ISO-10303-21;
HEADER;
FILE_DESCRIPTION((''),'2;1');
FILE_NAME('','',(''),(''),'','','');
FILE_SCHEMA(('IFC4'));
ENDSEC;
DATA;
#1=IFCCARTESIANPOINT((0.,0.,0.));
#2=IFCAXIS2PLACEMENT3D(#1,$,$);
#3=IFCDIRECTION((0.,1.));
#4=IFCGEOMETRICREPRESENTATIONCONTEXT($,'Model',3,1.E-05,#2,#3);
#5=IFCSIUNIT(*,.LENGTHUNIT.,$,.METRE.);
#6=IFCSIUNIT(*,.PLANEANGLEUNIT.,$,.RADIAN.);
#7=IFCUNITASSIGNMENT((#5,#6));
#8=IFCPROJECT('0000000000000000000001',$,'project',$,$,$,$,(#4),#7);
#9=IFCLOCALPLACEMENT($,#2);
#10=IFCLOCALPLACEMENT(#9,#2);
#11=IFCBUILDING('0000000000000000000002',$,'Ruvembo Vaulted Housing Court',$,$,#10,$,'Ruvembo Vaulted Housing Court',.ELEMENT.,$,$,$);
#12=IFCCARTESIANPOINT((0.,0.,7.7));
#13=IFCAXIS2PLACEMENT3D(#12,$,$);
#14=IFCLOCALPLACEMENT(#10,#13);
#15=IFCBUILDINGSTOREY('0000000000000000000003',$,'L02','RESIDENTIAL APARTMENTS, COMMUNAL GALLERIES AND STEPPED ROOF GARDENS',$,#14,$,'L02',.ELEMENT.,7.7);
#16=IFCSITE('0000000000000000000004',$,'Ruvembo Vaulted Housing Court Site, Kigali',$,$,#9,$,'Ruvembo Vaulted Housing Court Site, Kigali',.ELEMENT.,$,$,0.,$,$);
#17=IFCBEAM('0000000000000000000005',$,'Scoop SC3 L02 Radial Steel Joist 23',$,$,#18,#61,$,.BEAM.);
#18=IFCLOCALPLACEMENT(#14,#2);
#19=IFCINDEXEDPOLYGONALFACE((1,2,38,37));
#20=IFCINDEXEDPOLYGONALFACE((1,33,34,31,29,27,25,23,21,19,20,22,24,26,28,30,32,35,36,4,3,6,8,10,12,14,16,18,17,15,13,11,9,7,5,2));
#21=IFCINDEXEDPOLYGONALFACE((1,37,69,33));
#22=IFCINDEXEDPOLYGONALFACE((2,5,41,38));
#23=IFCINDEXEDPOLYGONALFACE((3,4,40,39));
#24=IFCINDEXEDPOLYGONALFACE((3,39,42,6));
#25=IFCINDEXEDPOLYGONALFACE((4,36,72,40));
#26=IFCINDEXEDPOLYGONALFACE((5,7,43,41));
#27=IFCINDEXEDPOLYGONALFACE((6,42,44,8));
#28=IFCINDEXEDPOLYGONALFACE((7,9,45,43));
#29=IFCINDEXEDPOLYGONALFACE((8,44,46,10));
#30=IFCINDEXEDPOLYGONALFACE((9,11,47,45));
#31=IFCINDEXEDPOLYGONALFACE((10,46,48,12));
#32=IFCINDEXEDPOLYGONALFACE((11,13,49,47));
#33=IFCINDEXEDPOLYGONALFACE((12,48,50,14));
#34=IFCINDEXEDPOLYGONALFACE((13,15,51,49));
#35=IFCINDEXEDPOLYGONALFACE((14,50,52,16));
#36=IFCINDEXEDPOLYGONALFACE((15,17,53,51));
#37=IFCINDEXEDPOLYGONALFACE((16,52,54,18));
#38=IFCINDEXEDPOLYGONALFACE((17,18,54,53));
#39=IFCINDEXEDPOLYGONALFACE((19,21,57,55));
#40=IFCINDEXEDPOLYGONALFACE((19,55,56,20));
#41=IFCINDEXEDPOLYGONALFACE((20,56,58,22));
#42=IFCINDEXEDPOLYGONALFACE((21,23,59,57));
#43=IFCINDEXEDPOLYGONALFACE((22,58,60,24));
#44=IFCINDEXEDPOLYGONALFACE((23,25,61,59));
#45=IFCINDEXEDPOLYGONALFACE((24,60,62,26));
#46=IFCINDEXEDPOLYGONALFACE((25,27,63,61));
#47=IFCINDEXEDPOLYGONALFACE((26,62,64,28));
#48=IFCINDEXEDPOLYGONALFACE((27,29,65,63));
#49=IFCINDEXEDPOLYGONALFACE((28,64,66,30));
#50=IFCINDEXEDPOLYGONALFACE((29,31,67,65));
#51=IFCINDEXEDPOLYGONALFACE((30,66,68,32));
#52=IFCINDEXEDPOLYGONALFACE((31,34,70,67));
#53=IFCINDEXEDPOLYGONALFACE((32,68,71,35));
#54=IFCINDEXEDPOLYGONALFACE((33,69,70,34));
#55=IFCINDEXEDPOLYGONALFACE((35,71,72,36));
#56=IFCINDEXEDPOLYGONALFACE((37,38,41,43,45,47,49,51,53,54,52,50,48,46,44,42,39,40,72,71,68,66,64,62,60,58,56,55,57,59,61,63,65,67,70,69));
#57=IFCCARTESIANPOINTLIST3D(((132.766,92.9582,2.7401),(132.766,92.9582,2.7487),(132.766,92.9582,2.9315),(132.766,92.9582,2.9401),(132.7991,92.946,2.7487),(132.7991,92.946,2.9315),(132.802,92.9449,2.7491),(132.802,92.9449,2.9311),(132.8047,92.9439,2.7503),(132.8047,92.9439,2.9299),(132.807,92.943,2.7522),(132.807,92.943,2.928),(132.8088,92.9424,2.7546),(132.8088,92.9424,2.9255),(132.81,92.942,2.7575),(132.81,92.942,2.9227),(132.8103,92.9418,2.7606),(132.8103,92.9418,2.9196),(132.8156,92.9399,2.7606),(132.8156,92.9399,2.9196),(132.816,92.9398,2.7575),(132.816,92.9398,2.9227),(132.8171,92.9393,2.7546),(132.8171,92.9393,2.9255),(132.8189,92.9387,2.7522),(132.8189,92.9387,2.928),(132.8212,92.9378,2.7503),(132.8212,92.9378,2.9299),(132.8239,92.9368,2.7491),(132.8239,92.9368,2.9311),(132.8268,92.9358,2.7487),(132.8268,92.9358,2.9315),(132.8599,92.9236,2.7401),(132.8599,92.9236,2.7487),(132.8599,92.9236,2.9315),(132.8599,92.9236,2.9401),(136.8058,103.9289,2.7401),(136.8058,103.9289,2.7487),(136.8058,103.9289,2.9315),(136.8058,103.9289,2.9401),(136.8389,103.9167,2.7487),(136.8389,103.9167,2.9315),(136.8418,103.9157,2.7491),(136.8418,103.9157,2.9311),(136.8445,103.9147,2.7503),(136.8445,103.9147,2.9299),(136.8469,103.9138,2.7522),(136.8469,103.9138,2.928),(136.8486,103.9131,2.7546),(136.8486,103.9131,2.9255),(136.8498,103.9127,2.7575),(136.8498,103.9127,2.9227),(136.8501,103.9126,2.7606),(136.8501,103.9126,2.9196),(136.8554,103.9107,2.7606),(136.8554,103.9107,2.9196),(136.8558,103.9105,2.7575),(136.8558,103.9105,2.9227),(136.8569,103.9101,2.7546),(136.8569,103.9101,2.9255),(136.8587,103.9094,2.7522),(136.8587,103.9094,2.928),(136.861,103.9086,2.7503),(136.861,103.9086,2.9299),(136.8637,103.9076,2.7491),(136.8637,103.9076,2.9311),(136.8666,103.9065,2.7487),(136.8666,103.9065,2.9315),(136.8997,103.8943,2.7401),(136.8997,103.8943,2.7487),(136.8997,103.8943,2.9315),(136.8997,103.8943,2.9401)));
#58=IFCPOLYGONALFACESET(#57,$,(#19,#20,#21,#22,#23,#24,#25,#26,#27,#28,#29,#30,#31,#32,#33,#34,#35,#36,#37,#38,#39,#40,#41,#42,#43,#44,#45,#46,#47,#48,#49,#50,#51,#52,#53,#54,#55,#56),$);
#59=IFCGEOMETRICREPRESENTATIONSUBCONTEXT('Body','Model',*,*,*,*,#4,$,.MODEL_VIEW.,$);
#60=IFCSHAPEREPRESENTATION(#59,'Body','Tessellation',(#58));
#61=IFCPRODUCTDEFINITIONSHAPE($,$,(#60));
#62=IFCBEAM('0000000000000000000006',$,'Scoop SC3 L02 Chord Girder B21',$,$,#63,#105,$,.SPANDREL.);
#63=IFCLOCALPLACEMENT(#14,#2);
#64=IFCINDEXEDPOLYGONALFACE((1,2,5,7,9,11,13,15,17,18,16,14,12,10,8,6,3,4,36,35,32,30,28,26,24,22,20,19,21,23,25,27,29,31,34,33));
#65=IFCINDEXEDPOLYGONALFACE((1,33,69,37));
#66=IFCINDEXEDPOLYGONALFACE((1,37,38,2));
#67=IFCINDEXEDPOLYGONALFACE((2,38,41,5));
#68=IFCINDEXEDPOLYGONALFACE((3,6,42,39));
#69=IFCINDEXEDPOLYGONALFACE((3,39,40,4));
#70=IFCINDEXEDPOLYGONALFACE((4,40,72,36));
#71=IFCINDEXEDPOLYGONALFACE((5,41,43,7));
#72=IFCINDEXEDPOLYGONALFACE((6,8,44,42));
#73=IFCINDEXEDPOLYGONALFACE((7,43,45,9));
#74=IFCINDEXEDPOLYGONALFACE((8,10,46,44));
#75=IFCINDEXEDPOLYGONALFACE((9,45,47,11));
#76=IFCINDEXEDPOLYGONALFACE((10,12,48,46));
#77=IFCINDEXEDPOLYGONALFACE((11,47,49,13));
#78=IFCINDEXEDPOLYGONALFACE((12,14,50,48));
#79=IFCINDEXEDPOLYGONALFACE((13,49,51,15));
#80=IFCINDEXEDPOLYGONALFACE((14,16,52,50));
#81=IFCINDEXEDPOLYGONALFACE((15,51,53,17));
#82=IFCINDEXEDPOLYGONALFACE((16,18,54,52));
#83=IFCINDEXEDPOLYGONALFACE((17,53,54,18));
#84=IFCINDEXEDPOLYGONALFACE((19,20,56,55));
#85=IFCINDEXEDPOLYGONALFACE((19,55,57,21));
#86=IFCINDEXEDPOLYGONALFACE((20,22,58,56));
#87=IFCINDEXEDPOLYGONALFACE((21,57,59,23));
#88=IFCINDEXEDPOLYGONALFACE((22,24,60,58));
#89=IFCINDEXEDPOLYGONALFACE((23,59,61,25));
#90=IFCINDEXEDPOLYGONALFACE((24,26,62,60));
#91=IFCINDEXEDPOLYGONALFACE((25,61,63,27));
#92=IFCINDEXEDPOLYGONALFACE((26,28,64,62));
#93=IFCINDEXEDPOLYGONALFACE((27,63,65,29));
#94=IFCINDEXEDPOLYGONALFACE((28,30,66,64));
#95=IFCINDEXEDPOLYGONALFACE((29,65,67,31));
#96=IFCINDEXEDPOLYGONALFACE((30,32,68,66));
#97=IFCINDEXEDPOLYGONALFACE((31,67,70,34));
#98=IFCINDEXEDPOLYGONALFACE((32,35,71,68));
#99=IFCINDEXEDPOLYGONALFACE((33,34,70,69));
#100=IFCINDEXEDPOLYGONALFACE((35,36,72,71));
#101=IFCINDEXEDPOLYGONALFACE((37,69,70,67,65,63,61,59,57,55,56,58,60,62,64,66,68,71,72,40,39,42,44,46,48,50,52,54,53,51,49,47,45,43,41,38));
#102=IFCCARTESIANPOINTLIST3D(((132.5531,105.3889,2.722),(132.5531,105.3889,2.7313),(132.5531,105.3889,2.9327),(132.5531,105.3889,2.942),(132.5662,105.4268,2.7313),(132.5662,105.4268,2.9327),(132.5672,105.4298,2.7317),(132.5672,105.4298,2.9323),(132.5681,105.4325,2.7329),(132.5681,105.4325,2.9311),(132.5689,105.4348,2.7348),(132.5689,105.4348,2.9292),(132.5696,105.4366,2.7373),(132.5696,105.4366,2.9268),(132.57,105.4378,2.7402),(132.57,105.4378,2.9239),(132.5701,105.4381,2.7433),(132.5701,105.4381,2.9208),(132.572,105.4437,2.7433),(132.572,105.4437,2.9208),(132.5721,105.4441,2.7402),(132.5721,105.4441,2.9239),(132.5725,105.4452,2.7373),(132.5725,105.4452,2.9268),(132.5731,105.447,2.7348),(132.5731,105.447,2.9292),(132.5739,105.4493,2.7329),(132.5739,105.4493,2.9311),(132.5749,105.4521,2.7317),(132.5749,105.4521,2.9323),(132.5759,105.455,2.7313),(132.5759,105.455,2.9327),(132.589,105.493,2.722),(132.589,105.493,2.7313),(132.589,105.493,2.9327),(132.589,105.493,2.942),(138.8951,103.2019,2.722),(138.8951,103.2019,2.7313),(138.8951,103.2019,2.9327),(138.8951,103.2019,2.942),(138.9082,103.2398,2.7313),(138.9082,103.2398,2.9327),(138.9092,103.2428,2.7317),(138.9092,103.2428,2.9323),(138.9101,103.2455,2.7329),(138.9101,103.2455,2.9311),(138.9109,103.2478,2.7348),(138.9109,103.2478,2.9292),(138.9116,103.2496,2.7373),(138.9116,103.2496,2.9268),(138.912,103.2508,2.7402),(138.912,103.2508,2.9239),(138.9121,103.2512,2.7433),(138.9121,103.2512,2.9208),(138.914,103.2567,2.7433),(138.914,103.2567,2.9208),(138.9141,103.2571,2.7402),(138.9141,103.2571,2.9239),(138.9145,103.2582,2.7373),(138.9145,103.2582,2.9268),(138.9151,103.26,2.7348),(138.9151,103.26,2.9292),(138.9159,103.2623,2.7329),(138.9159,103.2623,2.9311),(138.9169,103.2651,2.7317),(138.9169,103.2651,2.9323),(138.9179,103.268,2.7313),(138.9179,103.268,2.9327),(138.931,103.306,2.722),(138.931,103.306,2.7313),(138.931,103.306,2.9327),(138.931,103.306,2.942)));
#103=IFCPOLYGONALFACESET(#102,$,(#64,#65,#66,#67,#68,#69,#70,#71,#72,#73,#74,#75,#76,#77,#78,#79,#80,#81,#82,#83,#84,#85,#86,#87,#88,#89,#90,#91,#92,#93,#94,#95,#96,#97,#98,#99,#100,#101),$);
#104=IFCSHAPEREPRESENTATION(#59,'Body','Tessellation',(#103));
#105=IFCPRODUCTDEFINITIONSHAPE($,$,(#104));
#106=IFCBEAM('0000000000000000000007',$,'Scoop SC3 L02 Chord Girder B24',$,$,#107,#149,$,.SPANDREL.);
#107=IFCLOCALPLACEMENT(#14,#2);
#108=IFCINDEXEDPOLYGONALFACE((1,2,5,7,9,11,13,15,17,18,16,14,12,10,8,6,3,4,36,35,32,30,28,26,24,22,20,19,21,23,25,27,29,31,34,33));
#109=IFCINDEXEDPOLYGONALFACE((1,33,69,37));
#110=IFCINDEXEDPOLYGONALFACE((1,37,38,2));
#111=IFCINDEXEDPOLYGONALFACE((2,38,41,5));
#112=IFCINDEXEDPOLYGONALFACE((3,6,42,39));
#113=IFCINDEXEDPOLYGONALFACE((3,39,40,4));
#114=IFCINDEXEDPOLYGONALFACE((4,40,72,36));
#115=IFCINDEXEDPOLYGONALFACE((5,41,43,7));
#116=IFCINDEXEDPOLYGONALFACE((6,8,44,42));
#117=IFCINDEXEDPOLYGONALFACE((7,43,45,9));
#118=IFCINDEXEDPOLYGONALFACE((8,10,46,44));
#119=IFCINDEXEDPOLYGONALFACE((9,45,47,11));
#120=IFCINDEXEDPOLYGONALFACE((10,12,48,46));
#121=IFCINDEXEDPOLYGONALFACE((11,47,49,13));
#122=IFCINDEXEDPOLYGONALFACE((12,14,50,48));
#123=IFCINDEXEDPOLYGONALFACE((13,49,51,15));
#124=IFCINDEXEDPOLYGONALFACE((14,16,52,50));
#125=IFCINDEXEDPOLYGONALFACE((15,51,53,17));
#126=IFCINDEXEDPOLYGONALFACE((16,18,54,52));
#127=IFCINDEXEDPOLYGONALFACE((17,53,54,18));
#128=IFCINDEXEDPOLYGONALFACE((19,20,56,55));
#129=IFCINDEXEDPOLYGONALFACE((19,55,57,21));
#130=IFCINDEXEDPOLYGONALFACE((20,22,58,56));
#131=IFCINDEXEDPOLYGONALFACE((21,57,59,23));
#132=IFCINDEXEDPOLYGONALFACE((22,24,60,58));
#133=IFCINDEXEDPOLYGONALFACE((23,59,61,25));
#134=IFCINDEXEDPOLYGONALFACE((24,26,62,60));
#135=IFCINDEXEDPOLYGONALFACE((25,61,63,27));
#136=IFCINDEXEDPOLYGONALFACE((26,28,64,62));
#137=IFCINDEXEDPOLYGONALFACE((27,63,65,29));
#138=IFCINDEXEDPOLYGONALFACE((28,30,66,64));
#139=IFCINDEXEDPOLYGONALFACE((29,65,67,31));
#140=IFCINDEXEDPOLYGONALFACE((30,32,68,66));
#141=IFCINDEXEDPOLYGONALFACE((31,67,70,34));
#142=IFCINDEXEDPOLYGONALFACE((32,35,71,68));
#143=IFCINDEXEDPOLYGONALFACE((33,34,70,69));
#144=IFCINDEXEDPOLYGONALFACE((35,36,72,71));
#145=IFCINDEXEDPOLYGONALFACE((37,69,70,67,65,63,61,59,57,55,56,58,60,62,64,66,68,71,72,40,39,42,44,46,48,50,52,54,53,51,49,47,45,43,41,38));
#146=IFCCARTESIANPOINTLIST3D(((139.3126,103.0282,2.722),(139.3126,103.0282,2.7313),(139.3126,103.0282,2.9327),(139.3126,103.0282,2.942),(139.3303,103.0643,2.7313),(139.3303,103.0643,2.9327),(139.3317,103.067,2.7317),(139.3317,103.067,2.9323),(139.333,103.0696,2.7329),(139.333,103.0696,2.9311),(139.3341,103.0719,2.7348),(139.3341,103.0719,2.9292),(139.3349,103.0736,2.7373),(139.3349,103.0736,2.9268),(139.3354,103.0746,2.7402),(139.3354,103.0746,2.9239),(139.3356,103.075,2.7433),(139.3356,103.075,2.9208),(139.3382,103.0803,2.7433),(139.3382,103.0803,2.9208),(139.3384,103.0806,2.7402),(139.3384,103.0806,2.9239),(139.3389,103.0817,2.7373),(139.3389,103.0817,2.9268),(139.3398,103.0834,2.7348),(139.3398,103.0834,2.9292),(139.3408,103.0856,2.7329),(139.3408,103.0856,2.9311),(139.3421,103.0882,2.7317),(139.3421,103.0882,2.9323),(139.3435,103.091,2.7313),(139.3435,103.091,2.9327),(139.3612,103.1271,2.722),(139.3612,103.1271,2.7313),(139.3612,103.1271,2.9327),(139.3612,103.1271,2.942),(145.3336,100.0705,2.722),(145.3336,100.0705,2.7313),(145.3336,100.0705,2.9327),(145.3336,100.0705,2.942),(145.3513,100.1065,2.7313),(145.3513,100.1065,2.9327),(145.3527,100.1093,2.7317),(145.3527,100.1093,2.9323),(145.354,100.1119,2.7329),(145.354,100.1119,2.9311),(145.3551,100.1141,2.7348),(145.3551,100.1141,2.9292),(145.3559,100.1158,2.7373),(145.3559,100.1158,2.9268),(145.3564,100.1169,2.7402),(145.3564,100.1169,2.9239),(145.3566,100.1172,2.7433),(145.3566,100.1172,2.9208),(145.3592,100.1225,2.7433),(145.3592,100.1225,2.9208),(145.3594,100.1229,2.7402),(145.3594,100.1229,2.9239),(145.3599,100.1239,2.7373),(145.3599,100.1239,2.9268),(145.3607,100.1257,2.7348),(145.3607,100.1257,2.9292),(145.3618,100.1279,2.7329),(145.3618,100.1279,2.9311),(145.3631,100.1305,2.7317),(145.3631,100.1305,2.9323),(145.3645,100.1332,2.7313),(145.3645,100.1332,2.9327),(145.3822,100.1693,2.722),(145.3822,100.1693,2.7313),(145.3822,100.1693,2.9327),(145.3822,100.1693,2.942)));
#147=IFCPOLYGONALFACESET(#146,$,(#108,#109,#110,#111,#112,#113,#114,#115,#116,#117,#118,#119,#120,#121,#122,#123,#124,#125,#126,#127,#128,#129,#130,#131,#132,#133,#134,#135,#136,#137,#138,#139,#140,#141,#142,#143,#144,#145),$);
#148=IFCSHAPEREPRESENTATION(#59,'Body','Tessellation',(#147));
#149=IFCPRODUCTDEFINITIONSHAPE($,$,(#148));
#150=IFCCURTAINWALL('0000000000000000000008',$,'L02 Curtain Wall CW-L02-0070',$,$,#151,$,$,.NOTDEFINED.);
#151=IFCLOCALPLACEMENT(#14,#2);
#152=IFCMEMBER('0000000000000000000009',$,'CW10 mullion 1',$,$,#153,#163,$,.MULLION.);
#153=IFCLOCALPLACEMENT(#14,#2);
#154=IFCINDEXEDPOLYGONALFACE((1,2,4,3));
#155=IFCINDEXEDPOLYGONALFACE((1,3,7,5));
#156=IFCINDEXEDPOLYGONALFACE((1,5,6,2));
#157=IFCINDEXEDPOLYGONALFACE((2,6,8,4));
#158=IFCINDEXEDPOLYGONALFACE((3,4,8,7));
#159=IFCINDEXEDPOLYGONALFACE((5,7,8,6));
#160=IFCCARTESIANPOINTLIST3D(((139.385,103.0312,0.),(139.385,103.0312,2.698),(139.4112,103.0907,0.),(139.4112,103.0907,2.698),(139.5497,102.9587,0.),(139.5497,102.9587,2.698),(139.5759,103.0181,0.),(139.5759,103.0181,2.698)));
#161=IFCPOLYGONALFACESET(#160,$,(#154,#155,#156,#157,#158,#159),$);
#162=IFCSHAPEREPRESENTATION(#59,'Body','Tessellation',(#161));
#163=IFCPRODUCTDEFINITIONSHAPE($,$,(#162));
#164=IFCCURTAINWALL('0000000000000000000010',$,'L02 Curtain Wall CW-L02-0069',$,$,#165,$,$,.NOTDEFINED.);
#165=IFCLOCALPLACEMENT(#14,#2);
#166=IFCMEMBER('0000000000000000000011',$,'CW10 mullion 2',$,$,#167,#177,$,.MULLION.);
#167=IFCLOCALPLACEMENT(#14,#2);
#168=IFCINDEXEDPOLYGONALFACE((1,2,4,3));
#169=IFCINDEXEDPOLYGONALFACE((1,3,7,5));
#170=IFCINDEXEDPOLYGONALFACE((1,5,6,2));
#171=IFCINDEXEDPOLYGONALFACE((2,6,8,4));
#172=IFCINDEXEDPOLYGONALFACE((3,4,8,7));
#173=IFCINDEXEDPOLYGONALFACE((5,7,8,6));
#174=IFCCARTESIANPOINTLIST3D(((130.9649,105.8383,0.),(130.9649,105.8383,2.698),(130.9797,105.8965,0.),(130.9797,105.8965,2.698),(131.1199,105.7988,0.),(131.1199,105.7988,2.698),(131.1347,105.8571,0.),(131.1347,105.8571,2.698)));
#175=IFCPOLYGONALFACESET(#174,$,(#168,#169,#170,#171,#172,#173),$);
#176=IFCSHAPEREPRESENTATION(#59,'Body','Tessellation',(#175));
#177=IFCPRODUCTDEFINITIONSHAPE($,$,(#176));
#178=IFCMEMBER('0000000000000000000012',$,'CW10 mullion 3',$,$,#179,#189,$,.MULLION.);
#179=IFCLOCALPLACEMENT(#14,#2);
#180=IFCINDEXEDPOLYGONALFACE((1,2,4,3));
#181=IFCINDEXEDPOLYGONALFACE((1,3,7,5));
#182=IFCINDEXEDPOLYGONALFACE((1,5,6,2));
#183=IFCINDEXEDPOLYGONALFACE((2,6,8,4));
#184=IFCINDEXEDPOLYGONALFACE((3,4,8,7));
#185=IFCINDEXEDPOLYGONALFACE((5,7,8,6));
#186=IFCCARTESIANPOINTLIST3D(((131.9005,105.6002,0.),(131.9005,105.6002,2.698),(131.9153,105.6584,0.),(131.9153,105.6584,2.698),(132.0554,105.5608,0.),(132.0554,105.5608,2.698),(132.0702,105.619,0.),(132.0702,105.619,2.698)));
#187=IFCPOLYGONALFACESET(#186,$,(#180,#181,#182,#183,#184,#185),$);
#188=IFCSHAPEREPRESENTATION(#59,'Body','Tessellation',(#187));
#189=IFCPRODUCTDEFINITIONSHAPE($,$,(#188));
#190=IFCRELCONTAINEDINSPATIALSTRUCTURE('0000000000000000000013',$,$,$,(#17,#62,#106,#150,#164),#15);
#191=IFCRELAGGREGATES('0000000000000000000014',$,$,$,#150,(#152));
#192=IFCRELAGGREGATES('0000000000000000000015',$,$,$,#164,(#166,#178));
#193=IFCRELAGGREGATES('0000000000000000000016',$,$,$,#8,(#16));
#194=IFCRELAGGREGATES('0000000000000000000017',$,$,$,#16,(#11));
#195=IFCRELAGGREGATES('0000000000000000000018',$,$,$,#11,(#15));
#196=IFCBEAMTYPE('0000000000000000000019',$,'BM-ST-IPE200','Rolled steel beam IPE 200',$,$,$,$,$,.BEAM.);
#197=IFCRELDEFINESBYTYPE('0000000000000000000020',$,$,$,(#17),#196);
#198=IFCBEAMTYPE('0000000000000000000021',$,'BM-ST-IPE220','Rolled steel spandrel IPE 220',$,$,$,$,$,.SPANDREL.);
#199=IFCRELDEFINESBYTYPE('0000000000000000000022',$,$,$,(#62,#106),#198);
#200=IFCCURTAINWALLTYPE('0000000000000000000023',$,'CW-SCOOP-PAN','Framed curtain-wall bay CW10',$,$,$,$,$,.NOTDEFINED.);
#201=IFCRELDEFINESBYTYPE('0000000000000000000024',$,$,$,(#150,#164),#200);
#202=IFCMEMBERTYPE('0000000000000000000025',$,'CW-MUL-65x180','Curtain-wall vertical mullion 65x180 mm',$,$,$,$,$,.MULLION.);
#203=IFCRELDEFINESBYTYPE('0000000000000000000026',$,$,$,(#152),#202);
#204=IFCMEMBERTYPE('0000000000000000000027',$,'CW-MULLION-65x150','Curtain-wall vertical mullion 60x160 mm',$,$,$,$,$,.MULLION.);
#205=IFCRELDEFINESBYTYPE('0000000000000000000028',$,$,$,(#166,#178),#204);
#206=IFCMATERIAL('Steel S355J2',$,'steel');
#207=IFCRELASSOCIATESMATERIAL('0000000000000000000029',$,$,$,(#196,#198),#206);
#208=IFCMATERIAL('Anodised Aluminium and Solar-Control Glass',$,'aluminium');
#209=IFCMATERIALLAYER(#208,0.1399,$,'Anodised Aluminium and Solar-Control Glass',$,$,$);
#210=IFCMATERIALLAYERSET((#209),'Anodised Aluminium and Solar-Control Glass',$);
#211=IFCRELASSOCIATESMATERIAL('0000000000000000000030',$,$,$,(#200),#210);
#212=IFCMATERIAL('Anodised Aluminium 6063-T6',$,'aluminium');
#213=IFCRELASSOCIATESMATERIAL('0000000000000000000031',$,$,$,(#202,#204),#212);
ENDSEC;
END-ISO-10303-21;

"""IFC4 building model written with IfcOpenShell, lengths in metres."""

from ifc_helpers import new_model, si_unit, direction, frame, origin, origin_2d, place, context, subcontext, project, spatial, rectangle, i_section, extrude, material, layer, layer_set, material_profile, profile_set, type_object, element, aggregate, save


model = new_model("IFC4")

# Units and contexts
model_context = context("Model", 3, precision=1e-05, world=origin(), true_north=direction((0.0, 1.0)))
body_context = subcontext(model_context, "Body", "Model", "MODEL_VIEW")
ifc_project = project(units=[si_unit("LENGTHUNIT", "METRE"), si_unit("PLANEANGLEUNIT", "RADIAN")], contexts=[model_context])

# Site, building, storey
site_placement = place(None, origin())
site = spatial("IfcSite", under=ifc_project, at=site_placement, Name="Ruvembo Vaulted Housing Court Site, Kigali", LongName="Ruvembo Vaulted Housing Court Site, Kigali", CompositionType="ELEMENT", RefElevation=0.0)
building_placement = place(site_placement, origin())
building = spatial("IfcBuilding", under=site, at=building_placement, Name="Ruvembo Vaulted Housing Court", LongName="Ruvembo Vaulted Housing Court", CompositionType="ELEMENT")
storey_placement = place(building_placement, frame((0.0, 0.0, 7.7)))
storey = spatial("IfcBuildingStorey", under=building, at=storey_placement, Name="L02", Description="RESIDENTIAL APARTMENTS, COMMUNAL GALLERIES AND STEPPED ROOF GARDENS", LongName="L02", CompositionType="ELEMENT", Elevation=7.7)

# Beams
ifc_material_1 = material(Name="Steel S355J2", Category="steel")
ifc_material_profile_1 = material_profile(ifc_material_1, i_section(OverallWidth=0.1001, OverallDepth=0.2, WebThickness=0.0056, FlangeThickness=0.0085, FilletRadius=0.012, at=origin_2d()), Name="IPE 200")
ifc_profile_set_1 = profile_set([ifc_material_profile_1], Name="Steel S355J2")
beam_type_1 = type_object("IfcBeamType", Name="BM-ST-IPE200", Description="Rolled steel beam IPE 200", PredefinedType="BEAM", material=ifc_profile_set_1)
beam_1_placement = place(storey_placement, frame((136.8528, 103.9116, 2.8401), z_axis=(-0.345551, -0.9384, 0.0), x_axis=(0.9384, -0.345551, 0.0)))
element("IfcBeam", 1, at=beam_1_placement, inside=storey, type_object=beam_type_1, Name="Scoop SC3 L02 Radial Steel Joist 23", PredefinedType="BEAM", context=body_context, shape_type="SweptSolid", body=[
    extrude(i_section(OverallWidth=0.1001, OverallDepth=0.2, WebThickness=0.0056, FlangeThickness=0.0085, FilletRadius=0.012, at=origin_2d()), origin(), (0.0, 0.0, 1.0), 11.6909),
])
ifc_material_profile_2 = material_profile(ifc_material_1, i_section(OverallWidth=0.1101, OverallDepth=0.22, WebThickness=0.0059, FlangeThickness=0.0093, FilletRadius=0.012, at=origin_2d()), Name="IPE 220")
ifc_profile_set_2 = profile_set([ifc_material_profile_2], Name="Steel S355J2")
beam_type_2 = type_object("IfcBeamType", Name="BM-ST-IPE220", Description="Rolled steel spandrel IPE 220", PredefinedType="SPANDREL", material=ifc_profile_set_2)
beam_2_placement = place(storey_placement, frame((132.571, 105.4409, 2.832), z_axis=(0.945368, -0.326004, 0.0), x_axis=(0.326004, 0.945368, 0.0)))
element("IfcBeam", 2, at=beam_2_placement, inside=storey, type_object=beam_type_2, Name="Scoop SC3 L02 Chord Girder B21", PredefinedType="SPANDREL", context=body_context, shape_type="SweptSolid", body=[
    extrude(i_section(OverallWidth=0.1101, OverallDepth=0.22, WebThickness=0.0059, FlangeThickness=0.0093, FilletRadius=0.012, at=origin_2d()), origin(), (0.0, 0.0, 1.0), 6.7085),
])
beam_3_placement = place(storey_placement, frame((139.3369, 103.0776, 2.832), z_axis=(0.89755, -0.440914, 0.0), x_axis=(0.440914, 0.89755, 0.0)))
element("IfcBeam", 3, at=beam_3_placement, inside=storey, type_object=beam_type_2, Name="Scoop SC3 L02 Chord Girder B24", PredefinedType="SPANDREL", context=body_context, shape_type="SweptSolid", body=[
    extrude(i_section(OverallWidth=0.1101, OverallDepth=0.22, WebThickness=0.0059, FlangeThickness=0.0093, FilletRadius=0.012, at=origin_2d()), origin(), (0.0, 0.0, 1.0), 6.7083),
])

# Curtain wall, member
ifc_material_2 = material(Name="Anodised Aluminium and Solar-Control Glass", Category="aluminium")
ifc_layer_1 = layer(ifc_material_2, 0.1399, Name="Anodised Aluminium and Solar-Control Glass")
ifc_layer_set_1 = layer_set([ifc_layer_1], Name="Anodised Aluminium and Solar-Control Glass")
curtain_wall_type = type_object("IfcCurtainWallType", Name="CW-SCOOP-PAN", Description="Framed curtain-wall bay CW10", PredefinedType="NOTDEFINED", material=ifc_layer_set_1)
curtain_wall_1_placement = place(storey_placement, origin())
curtain_wall_1 = element("IfcCurtainWall", 4, at=curtain_wall_1_placement, inside=storey, type_object=curtain_wall_type, Name="L02 Curtain Wall CW-L02-0070", PredefinedType="NOTDEFINED")
ifc_material_3 = material(Name="Anodised Aluminium 6063-T6", Category="aluminium")
ifc_material_profile_3 = material_profile(ifc_material_3, rectangle(XDim=0.0649, YDim=0.1799, at=origin_2d()), Name="ALU 65x180")
ifc_profile_set_3 = profile_set([ifc_material_profile_3], Name="Anodised Aluminium 6063-T6")
member_type_1 = type_object("IfcMemberType", Name="CW-MUL-65x180", Description="Curtain-wall vertical mullion 65x180 mm", PredefinedType="MULLION", material=ifc_profile_set_3)
member_1_placement = place(storey_placement, frame((139.4805, 103.0247, 0.0), z_axis=(0.0, 0.0, 1.0), x_axis=(0.403265, 0.915083, 0.0)))
member_1 = element("IfcMember", 5, at=member_1_placement, type_object=member_type_1, Name="CW10 mullion 1", PredefinedType="MULLION", context=body_context, shape_type="SweptSolid", body=[
    extrude(rectangle(XDim=0.0649, YDim=0.1799, at=origin_2d()), origin(), (0.0, 0.0, 1.0), 2.698),
])

# Curtain wall, members
curtain_wall_2_placement = place(storey_placement, origin())
curtain_wall_2 = element("IfcCurtainWall", 6, at=curtain_wall_2_placement, inside=storey, type_object=curtain_wall_type, Name="L02 Curtain Wall CW-L02-0069", PredefinedType="NOTDEFINED")
ifc_material_profile_4 = material_profile(ifc_material_3, rectangle(XDim=0.0601, YDim=0.1599, at=origin_2d()), Name="ALU 60x160")
ifc_profile_set_4 = profile_set([ifc_material_profile_4], Name="Anodised Aluminium 6063-T6")
member_type_2 = type_object("IfcMemberType", Name="CW-MULLION-65x150", Description="Curtain-wall vertical mullion 60x160 mm", PredefinedType="MULLION", material=ifc_profile_set_4)
member_2_placement = place(storey_placement, frame((131.0498, 105.8477, 0.0), z_axis=(0.0, 0.0, 1.0), x_axis=(0.246481, 0.969148, 0.0)))
member_2 = element("IfcMember", 7, at=member_2_placement, type_object=member_type_2, Name="CW10 mullion 2", PredefinedType="MULLION", context=body_context, shape_type="SweptSolid", body=[
    extrude(rectangle(XDim=0.0601, YDim=0.1599, at=origin_2d()), origin(), (0.0, 0.0, 1.0), 2.698),
])
member_3_placement = place(storey_placement, frame((131.9854, 105.6096, 0.0), z_axis=(0.0, 0.0, 1.0), x_axis=(0.246481, 0.969148, 0.0)))
member_3 = element("IfcMember", 8, at=member_3_placement, type_object=member_type_2, Name="CW10 mullion 3", PredefinedType="MULLION", context=body_context, shape_type="SweptSolid", body=[
    extrude(rectangle(XDim=0.0601, YDim=0.1599, at=origin_2d()), origin(), (0.0, 0.0, 1.0), 2.698),
])

aggregate(curtain_wall_1, [member_1])

aggregate(curtain_wall_2, [member_2, member_3])

save(model, "model.ifc")
